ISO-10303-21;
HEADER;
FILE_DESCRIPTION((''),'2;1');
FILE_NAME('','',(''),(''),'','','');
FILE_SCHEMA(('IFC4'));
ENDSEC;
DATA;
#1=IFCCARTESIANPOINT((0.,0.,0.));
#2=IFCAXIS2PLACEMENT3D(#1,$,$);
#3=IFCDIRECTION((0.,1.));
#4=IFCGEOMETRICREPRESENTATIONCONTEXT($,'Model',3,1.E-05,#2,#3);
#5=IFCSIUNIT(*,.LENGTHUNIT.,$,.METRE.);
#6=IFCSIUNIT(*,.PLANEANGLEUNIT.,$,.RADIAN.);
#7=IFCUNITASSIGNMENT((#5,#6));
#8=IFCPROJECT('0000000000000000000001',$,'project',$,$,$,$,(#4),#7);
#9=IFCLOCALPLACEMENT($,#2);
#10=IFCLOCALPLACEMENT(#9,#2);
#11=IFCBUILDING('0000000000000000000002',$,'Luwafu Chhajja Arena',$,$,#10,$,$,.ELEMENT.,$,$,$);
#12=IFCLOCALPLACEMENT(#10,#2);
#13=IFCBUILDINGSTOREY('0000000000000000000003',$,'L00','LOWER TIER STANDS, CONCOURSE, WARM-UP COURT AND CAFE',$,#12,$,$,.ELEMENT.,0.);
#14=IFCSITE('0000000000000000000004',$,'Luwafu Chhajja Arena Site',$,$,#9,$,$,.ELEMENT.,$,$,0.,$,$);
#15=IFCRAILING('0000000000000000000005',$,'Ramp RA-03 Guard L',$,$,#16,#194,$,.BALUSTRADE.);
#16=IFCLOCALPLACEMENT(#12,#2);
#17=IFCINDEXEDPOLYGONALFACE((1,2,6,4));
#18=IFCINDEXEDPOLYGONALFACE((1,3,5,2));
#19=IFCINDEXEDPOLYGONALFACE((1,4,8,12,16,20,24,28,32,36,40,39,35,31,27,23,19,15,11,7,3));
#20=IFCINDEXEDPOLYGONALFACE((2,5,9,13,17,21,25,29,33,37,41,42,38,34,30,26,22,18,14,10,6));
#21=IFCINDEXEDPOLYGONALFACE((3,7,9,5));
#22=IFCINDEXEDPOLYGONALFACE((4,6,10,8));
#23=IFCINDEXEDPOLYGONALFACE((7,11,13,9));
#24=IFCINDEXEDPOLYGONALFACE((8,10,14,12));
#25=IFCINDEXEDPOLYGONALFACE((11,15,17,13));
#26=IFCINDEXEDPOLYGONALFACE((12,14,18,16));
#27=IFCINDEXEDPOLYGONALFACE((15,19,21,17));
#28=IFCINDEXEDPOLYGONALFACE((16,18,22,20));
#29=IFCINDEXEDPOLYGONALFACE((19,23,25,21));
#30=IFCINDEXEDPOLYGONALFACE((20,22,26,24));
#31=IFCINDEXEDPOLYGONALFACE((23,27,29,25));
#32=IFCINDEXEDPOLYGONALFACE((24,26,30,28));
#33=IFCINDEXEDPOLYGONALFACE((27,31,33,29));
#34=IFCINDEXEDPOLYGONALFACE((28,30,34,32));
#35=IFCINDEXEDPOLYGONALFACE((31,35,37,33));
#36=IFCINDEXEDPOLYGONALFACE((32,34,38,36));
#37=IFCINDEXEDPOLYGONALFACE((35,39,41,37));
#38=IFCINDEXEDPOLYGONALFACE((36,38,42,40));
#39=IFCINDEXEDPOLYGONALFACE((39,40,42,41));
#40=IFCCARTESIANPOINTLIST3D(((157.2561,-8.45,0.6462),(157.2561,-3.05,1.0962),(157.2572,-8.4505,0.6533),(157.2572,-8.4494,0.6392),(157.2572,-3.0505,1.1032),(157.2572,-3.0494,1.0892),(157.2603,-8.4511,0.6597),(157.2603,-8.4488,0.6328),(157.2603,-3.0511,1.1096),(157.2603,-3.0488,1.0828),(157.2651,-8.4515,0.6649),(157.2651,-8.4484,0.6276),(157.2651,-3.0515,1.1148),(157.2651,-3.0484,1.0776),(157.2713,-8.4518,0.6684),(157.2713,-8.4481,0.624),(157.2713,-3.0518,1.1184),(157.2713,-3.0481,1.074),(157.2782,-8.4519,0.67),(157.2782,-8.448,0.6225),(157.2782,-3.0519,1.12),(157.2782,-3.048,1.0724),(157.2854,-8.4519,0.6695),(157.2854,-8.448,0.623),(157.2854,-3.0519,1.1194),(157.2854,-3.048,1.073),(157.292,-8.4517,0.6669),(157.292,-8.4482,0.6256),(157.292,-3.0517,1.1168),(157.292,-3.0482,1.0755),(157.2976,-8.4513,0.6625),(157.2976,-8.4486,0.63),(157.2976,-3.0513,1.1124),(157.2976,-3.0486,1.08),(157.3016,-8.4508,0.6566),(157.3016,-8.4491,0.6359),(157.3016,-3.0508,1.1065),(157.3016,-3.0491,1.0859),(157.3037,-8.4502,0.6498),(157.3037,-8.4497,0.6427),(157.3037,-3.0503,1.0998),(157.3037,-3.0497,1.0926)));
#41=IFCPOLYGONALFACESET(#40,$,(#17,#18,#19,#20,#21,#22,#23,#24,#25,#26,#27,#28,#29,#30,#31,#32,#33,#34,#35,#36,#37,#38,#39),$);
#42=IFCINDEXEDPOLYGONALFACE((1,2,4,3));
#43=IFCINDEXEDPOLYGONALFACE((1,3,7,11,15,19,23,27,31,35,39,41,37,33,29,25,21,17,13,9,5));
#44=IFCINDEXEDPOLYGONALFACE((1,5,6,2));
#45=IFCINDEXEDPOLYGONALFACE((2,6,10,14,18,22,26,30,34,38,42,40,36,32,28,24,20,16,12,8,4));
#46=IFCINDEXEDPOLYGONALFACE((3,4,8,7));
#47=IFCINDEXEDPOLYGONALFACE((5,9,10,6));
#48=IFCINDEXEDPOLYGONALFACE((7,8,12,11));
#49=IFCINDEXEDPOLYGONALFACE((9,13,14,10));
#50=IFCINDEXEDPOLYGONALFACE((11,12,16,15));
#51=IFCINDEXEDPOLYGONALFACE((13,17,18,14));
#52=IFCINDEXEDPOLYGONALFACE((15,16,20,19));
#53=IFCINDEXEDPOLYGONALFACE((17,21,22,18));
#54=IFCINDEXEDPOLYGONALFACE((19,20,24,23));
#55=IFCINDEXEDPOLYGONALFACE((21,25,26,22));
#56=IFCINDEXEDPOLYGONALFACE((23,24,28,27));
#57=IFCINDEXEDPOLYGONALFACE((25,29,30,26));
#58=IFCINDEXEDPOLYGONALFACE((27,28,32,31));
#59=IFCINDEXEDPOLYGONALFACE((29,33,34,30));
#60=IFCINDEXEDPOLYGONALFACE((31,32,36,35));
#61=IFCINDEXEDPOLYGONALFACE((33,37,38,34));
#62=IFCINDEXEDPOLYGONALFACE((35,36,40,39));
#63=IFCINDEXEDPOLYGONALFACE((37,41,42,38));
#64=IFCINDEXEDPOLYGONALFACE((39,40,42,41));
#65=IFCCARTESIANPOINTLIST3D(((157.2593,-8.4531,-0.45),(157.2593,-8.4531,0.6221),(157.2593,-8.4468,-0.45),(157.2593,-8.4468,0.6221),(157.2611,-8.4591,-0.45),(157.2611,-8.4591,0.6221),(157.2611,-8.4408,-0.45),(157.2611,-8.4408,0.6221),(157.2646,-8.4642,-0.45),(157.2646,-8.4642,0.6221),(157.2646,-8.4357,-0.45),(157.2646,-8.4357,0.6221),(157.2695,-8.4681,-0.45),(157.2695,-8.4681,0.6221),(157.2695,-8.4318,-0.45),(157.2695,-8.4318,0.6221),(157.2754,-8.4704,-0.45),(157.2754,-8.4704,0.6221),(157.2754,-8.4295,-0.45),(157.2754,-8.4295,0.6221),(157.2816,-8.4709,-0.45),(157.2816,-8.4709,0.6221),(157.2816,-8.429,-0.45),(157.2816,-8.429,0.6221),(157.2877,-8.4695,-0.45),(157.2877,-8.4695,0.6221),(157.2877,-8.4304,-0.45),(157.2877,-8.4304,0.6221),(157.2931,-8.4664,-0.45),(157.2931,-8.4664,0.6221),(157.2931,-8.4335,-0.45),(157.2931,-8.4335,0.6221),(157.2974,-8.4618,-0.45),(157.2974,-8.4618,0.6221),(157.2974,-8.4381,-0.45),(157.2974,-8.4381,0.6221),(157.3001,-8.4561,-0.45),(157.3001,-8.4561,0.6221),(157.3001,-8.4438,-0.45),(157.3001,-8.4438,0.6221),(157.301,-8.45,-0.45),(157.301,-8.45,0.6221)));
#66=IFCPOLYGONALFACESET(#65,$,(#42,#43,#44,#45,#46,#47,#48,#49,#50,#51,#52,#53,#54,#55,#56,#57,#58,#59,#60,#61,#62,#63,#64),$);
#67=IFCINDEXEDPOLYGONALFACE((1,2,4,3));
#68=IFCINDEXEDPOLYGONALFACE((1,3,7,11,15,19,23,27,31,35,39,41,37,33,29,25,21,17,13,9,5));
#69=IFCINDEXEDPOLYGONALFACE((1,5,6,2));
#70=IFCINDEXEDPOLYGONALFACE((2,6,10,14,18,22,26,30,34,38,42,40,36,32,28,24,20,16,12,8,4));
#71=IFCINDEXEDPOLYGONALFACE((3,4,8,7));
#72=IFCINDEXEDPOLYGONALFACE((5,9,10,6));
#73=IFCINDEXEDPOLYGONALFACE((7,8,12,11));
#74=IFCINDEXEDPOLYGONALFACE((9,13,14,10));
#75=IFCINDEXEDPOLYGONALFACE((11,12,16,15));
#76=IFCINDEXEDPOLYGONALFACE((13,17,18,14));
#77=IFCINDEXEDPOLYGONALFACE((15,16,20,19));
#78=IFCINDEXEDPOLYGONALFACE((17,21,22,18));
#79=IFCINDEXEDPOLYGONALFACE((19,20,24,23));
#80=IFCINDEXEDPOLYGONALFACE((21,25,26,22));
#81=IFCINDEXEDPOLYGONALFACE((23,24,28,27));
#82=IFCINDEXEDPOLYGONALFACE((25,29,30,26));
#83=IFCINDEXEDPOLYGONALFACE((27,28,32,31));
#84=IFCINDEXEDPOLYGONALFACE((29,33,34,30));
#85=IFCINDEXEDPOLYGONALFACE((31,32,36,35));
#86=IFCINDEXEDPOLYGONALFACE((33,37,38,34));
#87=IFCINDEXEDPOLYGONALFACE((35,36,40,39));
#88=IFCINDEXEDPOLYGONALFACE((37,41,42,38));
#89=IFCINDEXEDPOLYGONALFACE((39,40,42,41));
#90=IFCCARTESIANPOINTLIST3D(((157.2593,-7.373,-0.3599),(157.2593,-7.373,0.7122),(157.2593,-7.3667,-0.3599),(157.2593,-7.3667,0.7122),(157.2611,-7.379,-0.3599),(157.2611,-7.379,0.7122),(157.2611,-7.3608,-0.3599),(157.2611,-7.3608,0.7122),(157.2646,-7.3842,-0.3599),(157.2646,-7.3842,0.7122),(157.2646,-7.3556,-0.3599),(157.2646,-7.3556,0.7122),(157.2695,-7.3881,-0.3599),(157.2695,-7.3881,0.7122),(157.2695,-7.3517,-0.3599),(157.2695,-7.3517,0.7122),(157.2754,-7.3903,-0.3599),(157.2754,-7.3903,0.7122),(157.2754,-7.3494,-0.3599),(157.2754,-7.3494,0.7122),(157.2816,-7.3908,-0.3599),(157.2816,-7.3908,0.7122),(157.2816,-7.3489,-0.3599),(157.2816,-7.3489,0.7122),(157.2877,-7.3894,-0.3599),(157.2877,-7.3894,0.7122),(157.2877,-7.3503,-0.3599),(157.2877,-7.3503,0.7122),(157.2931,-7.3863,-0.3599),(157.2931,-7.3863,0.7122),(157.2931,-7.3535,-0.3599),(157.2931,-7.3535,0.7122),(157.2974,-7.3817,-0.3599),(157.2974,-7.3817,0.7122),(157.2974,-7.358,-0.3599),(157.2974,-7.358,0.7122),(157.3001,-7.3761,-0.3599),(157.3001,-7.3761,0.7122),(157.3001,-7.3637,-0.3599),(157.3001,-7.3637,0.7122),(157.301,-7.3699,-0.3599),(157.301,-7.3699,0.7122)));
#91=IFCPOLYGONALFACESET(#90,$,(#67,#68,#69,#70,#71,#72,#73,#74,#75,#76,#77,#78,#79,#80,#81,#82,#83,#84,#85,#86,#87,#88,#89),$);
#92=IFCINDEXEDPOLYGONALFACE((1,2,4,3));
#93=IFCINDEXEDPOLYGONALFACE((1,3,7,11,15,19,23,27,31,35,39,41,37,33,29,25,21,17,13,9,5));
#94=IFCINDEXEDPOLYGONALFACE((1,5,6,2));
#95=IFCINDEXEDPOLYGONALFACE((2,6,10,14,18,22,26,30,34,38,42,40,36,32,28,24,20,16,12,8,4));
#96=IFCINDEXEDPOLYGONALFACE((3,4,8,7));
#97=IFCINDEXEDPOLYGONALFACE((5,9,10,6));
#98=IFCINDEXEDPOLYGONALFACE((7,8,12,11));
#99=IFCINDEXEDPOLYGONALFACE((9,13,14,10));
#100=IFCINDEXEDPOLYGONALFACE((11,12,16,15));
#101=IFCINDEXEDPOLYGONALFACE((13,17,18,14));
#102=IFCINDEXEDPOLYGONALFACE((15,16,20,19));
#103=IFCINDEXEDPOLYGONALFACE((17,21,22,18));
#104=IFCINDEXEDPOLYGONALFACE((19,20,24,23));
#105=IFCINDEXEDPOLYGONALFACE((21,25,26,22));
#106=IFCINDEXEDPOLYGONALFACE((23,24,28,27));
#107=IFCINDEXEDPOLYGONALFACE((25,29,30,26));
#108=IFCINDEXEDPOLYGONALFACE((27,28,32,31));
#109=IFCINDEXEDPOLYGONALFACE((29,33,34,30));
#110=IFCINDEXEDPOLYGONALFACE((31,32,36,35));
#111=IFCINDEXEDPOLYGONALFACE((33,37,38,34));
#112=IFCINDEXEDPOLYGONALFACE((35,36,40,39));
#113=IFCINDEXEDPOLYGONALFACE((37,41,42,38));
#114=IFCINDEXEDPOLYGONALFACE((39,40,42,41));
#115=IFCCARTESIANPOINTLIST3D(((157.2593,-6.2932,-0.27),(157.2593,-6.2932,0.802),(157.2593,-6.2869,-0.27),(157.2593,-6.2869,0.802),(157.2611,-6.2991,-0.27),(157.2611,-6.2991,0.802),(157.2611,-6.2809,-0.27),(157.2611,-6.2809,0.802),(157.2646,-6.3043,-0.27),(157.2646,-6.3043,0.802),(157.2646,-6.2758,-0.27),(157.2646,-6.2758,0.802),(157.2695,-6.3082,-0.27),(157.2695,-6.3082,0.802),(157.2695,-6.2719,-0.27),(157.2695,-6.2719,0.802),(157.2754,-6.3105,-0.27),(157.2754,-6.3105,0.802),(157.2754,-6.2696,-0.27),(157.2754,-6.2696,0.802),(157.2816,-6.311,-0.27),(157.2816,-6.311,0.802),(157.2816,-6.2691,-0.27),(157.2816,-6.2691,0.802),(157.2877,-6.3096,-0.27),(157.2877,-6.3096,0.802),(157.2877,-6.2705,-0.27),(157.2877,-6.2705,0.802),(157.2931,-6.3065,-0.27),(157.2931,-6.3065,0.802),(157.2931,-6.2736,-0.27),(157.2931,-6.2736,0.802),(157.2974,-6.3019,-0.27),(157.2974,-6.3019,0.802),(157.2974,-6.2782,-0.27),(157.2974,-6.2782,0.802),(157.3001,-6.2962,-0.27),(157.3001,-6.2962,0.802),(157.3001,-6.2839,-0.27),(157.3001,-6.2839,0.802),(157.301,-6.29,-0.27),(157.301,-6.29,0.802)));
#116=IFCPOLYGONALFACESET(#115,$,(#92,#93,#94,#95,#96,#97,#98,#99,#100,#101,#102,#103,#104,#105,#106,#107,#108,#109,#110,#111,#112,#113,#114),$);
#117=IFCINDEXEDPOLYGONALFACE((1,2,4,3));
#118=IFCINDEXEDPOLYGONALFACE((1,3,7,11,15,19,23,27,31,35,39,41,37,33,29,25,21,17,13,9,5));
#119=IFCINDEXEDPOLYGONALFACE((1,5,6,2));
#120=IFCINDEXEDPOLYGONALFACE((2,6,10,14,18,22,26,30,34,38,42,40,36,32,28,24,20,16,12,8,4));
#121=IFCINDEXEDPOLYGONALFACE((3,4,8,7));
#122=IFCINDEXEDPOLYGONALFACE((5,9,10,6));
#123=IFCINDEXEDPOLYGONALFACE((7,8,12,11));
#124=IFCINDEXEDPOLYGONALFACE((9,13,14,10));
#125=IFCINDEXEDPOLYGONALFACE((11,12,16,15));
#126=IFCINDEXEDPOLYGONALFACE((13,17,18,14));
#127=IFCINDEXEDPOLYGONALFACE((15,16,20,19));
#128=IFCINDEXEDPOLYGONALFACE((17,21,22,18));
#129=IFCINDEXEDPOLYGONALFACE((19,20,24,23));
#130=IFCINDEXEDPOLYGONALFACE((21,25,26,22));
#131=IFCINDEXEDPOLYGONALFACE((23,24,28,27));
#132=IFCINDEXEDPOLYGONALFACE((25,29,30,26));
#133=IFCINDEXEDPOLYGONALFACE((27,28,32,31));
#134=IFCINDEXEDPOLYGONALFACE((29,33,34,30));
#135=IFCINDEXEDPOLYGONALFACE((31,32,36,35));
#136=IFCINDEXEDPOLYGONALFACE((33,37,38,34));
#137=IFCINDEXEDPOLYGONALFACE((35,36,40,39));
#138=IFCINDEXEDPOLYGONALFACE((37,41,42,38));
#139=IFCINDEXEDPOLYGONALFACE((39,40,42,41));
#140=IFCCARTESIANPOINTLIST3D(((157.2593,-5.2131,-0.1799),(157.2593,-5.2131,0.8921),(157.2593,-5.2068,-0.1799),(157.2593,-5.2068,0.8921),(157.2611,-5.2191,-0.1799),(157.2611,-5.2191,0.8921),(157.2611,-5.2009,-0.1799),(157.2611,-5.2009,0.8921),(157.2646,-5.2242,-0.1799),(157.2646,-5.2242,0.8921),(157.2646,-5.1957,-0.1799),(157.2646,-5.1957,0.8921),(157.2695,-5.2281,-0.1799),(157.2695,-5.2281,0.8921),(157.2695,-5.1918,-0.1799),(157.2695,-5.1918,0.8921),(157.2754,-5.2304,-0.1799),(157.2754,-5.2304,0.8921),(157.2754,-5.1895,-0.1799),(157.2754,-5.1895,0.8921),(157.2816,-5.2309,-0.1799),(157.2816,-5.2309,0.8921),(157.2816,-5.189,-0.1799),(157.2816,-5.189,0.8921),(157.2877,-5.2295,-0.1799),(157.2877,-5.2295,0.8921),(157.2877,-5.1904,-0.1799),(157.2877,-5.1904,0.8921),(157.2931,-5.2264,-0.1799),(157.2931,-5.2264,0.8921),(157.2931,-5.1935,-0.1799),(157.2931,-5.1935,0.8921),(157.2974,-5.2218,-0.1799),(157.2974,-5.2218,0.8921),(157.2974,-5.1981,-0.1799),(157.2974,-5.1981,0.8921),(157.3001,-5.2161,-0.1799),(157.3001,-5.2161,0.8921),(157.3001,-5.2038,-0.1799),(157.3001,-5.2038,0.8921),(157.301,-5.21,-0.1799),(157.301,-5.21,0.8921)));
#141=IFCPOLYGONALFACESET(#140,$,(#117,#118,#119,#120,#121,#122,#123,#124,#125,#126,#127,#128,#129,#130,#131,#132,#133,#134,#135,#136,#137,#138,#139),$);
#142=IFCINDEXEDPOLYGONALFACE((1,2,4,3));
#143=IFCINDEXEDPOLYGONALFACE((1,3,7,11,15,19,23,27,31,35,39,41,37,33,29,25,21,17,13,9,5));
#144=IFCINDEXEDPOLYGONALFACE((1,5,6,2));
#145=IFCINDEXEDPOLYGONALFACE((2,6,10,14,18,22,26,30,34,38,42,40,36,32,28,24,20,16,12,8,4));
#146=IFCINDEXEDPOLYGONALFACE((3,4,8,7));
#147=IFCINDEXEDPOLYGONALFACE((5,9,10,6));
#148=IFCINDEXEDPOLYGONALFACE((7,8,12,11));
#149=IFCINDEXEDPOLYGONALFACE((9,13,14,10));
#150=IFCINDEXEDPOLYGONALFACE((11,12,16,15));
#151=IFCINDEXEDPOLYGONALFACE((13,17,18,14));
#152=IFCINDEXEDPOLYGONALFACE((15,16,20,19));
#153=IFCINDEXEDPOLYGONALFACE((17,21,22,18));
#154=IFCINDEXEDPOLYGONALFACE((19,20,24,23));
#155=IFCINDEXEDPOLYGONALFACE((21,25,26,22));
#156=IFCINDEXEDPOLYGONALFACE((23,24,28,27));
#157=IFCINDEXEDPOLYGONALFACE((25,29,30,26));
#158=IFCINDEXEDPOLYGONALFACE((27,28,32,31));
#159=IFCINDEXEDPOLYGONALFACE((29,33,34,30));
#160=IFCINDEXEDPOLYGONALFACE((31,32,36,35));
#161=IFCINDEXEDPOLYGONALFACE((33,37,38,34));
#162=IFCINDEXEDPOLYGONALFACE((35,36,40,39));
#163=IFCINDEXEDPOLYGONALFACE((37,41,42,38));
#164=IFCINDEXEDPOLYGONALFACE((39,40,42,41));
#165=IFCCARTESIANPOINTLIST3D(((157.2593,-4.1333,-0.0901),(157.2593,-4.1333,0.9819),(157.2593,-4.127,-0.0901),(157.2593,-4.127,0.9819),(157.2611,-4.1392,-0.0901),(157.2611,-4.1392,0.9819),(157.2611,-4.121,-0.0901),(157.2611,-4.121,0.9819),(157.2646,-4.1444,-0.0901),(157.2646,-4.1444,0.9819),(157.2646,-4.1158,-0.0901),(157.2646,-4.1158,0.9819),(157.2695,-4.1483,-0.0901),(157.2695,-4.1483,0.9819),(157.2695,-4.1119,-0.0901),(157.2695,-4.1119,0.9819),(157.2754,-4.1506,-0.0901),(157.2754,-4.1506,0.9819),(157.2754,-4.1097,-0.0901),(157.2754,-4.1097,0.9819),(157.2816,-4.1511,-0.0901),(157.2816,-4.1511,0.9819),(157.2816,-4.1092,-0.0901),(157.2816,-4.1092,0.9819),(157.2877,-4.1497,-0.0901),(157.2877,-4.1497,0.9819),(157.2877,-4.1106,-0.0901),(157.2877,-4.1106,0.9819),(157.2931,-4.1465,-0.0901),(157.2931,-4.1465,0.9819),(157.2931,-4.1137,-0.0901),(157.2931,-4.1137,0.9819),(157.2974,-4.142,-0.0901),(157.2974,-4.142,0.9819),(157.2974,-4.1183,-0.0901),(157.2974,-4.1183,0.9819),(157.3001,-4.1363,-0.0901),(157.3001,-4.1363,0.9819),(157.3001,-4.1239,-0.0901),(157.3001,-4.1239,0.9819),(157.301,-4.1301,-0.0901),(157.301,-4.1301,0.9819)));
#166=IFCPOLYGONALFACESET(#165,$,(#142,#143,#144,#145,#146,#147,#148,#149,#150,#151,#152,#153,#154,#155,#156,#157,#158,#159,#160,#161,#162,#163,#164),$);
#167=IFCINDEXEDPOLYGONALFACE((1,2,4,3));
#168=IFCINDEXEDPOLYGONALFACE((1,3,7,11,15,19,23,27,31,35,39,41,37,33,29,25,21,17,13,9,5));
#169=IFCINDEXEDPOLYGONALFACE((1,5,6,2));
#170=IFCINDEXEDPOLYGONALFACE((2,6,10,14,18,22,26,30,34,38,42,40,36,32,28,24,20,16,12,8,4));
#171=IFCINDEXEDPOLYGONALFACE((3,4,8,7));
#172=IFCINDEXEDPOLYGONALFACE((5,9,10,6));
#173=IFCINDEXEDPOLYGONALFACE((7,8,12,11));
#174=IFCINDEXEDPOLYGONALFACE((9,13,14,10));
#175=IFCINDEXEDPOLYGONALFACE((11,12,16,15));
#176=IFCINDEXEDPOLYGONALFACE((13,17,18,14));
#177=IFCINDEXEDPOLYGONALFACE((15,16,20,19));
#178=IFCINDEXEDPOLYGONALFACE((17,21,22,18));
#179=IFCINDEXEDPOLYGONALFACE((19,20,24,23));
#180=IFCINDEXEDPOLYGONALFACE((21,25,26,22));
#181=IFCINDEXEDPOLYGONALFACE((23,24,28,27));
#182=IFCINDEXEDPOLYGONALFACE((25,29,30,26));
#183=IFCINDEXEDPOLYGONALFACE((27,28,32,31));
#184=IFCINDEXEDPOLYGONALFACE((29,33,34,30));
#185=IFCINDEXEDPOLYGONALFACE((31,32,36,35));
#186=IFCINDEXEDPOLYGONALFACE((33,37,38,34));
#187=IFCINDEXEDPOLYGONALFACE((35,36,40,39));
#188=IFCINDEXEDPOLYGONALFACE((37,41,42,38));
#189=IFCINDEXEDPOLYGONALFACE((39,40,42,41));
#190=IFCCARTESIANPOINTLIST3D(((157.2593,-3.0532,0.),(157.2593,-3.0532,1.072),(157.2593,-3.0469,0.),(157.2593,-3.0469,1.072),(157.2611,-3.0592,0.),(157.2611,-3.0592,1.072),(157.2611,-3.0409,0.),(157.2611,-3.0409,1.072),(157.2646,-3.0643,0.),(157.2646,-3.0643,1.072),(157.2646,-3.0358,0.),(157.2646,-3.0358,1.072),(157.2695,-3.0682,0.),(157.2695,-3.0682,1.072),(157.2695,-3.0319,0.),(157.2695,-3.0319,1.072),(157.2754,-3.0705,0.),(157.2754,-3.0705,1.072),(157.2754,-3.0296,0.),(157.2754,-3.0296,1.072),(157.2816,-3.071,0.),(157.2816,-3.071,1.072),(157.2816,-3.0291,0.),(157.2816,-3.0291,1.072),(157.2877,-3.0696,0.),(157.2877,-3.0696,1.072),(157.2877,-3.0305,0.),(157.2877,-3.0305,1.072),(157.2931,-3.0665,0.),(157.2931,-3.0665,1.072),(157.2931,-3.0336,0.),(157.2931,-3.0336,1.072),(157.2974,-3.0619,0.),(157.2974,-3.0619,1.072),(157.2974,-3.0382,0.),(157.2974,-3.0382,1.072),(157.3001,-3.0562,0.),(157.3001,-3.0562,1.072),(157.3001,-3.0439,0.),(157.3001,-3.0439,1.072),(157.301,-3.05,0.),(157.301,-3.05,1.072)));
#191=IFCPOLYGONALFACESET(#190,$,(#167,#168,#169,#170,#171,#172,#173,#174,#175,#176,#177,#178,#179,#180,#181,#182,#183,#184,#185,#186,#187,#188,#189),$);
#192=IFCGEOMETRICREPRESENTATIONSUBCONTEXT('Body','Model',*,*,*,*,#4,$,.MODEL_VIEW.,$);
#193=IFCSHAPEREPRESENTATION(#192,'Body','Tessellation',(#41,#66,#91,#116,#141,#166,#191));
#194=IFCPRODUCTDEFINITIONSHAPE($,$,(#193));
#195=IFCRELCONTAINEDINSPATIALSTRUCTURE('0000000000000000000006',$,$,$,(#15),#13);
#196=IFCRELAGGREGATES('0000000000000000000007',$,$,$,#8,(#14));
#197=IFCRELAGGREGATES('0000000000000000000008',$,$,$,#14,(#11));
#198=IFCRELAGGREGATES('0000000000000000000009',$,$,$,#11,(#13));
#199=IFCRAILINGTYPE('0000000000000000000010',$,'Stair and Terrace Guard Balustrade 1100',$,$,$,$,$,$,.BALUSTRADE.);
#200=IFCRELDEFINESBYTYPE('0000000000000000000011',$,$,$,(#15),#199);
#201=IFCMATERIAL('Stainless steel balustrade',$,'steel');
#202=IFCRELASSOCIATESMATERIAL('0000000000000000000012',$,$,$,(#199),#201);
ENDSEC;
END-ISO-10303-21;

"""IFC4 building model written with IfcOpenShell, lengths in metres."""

from ifc_helpers import new_model, si_unit, direction, frame, origin, origin_2d, place, context, subcontext, project, spatial, circle, extrude, material, type_object, element, save


model = new_model("IFC4")

# Units and contexts
model_context = context("Model", 3, precision=1e-05, world=origin(), true_north=direction((0.0, 1.0)))
body_context = subcontext(model_context, "Body", "Model", "MODEL_VIEW")
ifc_project = project(units=[si_unit("LENGTHUNIT", "METRE"), si_unit("PLANEANGLEUNIT", "RADIAN")], contexts=[model_context])

# Site, building, storey
site_placement = place(None, origin())
site = spatial("IfcSite", under=ifc_project, at=site_placement, Name="Luwafu Chhajja Arena Site", CompositionType="ELEMENT", RefElevation=0.0)
building_placement = place(site_placement, origin())
building = spatial("IfcBuilding", under=site, at=building_placement, Name="Luwafu Chhajja Arena", CompositionType="ELEMENT")
storey_placement = place(building_placement, origin())
storey = spatial("IfcBuildingStorey", under=building, at=storey_placement, Name="L00", Description="LOWER TIER STANDS, CONCOURSE, WARM-UP COURT AND CAFE", CompositionType="ELEMENT", Elevation=0.0)

# Railing
ifc_material_1 = material(Name="Stainless steel balustrade", Category="steel")
railing_type = type_object("IfcRailingType", Name="Stair and Terrace Guard Balustrade 1100", PredefinedType="BALUSTRADE", material=ifc_material_1)
for number, where, name in (
    (1, (157.28, -8.45, -0.45), "Ramp RA-03 Guard L"),
):
    element("IfcRailing", number, at=place(storey_placement, frame(where)), inside=storey, type_object=railing_type, Name=name, PredefinedType="BALUSTRADE", context=body_context, shape_type="SweptSolid", body=[
        extrude(circle(Radius=0.0239, at=origin_2d()), frame((0.0, 0.0, 1.0962), z_axis=(0.0, 0.996546, 0.083038), x_axis=(-1.0, 0.0, 0.0)), (0.0, 0.0, 1.0), 5.4187),
        extrude(circle(Radius=0.021, at=origin_2d()), origin(), (0.0, 0.0, 1.0), 1.072),
        extrude(circle(Radius=0.021, at=origin_2d()), frame((0.0, 1.0801, 0.0901)), (0.0, 0.0, 1.0), 1.072),
        extrude(circle(Radius=0.021, at=origin_2d()), frame((0.0, 2.1599, 0.1799)), (0.0, 0.0, 1.0), 1.072),
        extrude(circle(Radius=0.021, at=origin_2d()), frame((0.0, 3.24, 0.27)), (0.0, 0.0, 1.0), 1.072),
        extrude(circle(Radius=0.021, at=origin_2d()), frame((0.0, 4.3198, 0.3599)), (0.0, 0.0, 1.0), 1.072),
        extrude(circle(Radius=0.021, at=origin_2d()), frame((0.0, 5.3999, 0.45)), (0.0, 0.0, 1.0), 1.072),
    ])

save(model, "model.ifc")
